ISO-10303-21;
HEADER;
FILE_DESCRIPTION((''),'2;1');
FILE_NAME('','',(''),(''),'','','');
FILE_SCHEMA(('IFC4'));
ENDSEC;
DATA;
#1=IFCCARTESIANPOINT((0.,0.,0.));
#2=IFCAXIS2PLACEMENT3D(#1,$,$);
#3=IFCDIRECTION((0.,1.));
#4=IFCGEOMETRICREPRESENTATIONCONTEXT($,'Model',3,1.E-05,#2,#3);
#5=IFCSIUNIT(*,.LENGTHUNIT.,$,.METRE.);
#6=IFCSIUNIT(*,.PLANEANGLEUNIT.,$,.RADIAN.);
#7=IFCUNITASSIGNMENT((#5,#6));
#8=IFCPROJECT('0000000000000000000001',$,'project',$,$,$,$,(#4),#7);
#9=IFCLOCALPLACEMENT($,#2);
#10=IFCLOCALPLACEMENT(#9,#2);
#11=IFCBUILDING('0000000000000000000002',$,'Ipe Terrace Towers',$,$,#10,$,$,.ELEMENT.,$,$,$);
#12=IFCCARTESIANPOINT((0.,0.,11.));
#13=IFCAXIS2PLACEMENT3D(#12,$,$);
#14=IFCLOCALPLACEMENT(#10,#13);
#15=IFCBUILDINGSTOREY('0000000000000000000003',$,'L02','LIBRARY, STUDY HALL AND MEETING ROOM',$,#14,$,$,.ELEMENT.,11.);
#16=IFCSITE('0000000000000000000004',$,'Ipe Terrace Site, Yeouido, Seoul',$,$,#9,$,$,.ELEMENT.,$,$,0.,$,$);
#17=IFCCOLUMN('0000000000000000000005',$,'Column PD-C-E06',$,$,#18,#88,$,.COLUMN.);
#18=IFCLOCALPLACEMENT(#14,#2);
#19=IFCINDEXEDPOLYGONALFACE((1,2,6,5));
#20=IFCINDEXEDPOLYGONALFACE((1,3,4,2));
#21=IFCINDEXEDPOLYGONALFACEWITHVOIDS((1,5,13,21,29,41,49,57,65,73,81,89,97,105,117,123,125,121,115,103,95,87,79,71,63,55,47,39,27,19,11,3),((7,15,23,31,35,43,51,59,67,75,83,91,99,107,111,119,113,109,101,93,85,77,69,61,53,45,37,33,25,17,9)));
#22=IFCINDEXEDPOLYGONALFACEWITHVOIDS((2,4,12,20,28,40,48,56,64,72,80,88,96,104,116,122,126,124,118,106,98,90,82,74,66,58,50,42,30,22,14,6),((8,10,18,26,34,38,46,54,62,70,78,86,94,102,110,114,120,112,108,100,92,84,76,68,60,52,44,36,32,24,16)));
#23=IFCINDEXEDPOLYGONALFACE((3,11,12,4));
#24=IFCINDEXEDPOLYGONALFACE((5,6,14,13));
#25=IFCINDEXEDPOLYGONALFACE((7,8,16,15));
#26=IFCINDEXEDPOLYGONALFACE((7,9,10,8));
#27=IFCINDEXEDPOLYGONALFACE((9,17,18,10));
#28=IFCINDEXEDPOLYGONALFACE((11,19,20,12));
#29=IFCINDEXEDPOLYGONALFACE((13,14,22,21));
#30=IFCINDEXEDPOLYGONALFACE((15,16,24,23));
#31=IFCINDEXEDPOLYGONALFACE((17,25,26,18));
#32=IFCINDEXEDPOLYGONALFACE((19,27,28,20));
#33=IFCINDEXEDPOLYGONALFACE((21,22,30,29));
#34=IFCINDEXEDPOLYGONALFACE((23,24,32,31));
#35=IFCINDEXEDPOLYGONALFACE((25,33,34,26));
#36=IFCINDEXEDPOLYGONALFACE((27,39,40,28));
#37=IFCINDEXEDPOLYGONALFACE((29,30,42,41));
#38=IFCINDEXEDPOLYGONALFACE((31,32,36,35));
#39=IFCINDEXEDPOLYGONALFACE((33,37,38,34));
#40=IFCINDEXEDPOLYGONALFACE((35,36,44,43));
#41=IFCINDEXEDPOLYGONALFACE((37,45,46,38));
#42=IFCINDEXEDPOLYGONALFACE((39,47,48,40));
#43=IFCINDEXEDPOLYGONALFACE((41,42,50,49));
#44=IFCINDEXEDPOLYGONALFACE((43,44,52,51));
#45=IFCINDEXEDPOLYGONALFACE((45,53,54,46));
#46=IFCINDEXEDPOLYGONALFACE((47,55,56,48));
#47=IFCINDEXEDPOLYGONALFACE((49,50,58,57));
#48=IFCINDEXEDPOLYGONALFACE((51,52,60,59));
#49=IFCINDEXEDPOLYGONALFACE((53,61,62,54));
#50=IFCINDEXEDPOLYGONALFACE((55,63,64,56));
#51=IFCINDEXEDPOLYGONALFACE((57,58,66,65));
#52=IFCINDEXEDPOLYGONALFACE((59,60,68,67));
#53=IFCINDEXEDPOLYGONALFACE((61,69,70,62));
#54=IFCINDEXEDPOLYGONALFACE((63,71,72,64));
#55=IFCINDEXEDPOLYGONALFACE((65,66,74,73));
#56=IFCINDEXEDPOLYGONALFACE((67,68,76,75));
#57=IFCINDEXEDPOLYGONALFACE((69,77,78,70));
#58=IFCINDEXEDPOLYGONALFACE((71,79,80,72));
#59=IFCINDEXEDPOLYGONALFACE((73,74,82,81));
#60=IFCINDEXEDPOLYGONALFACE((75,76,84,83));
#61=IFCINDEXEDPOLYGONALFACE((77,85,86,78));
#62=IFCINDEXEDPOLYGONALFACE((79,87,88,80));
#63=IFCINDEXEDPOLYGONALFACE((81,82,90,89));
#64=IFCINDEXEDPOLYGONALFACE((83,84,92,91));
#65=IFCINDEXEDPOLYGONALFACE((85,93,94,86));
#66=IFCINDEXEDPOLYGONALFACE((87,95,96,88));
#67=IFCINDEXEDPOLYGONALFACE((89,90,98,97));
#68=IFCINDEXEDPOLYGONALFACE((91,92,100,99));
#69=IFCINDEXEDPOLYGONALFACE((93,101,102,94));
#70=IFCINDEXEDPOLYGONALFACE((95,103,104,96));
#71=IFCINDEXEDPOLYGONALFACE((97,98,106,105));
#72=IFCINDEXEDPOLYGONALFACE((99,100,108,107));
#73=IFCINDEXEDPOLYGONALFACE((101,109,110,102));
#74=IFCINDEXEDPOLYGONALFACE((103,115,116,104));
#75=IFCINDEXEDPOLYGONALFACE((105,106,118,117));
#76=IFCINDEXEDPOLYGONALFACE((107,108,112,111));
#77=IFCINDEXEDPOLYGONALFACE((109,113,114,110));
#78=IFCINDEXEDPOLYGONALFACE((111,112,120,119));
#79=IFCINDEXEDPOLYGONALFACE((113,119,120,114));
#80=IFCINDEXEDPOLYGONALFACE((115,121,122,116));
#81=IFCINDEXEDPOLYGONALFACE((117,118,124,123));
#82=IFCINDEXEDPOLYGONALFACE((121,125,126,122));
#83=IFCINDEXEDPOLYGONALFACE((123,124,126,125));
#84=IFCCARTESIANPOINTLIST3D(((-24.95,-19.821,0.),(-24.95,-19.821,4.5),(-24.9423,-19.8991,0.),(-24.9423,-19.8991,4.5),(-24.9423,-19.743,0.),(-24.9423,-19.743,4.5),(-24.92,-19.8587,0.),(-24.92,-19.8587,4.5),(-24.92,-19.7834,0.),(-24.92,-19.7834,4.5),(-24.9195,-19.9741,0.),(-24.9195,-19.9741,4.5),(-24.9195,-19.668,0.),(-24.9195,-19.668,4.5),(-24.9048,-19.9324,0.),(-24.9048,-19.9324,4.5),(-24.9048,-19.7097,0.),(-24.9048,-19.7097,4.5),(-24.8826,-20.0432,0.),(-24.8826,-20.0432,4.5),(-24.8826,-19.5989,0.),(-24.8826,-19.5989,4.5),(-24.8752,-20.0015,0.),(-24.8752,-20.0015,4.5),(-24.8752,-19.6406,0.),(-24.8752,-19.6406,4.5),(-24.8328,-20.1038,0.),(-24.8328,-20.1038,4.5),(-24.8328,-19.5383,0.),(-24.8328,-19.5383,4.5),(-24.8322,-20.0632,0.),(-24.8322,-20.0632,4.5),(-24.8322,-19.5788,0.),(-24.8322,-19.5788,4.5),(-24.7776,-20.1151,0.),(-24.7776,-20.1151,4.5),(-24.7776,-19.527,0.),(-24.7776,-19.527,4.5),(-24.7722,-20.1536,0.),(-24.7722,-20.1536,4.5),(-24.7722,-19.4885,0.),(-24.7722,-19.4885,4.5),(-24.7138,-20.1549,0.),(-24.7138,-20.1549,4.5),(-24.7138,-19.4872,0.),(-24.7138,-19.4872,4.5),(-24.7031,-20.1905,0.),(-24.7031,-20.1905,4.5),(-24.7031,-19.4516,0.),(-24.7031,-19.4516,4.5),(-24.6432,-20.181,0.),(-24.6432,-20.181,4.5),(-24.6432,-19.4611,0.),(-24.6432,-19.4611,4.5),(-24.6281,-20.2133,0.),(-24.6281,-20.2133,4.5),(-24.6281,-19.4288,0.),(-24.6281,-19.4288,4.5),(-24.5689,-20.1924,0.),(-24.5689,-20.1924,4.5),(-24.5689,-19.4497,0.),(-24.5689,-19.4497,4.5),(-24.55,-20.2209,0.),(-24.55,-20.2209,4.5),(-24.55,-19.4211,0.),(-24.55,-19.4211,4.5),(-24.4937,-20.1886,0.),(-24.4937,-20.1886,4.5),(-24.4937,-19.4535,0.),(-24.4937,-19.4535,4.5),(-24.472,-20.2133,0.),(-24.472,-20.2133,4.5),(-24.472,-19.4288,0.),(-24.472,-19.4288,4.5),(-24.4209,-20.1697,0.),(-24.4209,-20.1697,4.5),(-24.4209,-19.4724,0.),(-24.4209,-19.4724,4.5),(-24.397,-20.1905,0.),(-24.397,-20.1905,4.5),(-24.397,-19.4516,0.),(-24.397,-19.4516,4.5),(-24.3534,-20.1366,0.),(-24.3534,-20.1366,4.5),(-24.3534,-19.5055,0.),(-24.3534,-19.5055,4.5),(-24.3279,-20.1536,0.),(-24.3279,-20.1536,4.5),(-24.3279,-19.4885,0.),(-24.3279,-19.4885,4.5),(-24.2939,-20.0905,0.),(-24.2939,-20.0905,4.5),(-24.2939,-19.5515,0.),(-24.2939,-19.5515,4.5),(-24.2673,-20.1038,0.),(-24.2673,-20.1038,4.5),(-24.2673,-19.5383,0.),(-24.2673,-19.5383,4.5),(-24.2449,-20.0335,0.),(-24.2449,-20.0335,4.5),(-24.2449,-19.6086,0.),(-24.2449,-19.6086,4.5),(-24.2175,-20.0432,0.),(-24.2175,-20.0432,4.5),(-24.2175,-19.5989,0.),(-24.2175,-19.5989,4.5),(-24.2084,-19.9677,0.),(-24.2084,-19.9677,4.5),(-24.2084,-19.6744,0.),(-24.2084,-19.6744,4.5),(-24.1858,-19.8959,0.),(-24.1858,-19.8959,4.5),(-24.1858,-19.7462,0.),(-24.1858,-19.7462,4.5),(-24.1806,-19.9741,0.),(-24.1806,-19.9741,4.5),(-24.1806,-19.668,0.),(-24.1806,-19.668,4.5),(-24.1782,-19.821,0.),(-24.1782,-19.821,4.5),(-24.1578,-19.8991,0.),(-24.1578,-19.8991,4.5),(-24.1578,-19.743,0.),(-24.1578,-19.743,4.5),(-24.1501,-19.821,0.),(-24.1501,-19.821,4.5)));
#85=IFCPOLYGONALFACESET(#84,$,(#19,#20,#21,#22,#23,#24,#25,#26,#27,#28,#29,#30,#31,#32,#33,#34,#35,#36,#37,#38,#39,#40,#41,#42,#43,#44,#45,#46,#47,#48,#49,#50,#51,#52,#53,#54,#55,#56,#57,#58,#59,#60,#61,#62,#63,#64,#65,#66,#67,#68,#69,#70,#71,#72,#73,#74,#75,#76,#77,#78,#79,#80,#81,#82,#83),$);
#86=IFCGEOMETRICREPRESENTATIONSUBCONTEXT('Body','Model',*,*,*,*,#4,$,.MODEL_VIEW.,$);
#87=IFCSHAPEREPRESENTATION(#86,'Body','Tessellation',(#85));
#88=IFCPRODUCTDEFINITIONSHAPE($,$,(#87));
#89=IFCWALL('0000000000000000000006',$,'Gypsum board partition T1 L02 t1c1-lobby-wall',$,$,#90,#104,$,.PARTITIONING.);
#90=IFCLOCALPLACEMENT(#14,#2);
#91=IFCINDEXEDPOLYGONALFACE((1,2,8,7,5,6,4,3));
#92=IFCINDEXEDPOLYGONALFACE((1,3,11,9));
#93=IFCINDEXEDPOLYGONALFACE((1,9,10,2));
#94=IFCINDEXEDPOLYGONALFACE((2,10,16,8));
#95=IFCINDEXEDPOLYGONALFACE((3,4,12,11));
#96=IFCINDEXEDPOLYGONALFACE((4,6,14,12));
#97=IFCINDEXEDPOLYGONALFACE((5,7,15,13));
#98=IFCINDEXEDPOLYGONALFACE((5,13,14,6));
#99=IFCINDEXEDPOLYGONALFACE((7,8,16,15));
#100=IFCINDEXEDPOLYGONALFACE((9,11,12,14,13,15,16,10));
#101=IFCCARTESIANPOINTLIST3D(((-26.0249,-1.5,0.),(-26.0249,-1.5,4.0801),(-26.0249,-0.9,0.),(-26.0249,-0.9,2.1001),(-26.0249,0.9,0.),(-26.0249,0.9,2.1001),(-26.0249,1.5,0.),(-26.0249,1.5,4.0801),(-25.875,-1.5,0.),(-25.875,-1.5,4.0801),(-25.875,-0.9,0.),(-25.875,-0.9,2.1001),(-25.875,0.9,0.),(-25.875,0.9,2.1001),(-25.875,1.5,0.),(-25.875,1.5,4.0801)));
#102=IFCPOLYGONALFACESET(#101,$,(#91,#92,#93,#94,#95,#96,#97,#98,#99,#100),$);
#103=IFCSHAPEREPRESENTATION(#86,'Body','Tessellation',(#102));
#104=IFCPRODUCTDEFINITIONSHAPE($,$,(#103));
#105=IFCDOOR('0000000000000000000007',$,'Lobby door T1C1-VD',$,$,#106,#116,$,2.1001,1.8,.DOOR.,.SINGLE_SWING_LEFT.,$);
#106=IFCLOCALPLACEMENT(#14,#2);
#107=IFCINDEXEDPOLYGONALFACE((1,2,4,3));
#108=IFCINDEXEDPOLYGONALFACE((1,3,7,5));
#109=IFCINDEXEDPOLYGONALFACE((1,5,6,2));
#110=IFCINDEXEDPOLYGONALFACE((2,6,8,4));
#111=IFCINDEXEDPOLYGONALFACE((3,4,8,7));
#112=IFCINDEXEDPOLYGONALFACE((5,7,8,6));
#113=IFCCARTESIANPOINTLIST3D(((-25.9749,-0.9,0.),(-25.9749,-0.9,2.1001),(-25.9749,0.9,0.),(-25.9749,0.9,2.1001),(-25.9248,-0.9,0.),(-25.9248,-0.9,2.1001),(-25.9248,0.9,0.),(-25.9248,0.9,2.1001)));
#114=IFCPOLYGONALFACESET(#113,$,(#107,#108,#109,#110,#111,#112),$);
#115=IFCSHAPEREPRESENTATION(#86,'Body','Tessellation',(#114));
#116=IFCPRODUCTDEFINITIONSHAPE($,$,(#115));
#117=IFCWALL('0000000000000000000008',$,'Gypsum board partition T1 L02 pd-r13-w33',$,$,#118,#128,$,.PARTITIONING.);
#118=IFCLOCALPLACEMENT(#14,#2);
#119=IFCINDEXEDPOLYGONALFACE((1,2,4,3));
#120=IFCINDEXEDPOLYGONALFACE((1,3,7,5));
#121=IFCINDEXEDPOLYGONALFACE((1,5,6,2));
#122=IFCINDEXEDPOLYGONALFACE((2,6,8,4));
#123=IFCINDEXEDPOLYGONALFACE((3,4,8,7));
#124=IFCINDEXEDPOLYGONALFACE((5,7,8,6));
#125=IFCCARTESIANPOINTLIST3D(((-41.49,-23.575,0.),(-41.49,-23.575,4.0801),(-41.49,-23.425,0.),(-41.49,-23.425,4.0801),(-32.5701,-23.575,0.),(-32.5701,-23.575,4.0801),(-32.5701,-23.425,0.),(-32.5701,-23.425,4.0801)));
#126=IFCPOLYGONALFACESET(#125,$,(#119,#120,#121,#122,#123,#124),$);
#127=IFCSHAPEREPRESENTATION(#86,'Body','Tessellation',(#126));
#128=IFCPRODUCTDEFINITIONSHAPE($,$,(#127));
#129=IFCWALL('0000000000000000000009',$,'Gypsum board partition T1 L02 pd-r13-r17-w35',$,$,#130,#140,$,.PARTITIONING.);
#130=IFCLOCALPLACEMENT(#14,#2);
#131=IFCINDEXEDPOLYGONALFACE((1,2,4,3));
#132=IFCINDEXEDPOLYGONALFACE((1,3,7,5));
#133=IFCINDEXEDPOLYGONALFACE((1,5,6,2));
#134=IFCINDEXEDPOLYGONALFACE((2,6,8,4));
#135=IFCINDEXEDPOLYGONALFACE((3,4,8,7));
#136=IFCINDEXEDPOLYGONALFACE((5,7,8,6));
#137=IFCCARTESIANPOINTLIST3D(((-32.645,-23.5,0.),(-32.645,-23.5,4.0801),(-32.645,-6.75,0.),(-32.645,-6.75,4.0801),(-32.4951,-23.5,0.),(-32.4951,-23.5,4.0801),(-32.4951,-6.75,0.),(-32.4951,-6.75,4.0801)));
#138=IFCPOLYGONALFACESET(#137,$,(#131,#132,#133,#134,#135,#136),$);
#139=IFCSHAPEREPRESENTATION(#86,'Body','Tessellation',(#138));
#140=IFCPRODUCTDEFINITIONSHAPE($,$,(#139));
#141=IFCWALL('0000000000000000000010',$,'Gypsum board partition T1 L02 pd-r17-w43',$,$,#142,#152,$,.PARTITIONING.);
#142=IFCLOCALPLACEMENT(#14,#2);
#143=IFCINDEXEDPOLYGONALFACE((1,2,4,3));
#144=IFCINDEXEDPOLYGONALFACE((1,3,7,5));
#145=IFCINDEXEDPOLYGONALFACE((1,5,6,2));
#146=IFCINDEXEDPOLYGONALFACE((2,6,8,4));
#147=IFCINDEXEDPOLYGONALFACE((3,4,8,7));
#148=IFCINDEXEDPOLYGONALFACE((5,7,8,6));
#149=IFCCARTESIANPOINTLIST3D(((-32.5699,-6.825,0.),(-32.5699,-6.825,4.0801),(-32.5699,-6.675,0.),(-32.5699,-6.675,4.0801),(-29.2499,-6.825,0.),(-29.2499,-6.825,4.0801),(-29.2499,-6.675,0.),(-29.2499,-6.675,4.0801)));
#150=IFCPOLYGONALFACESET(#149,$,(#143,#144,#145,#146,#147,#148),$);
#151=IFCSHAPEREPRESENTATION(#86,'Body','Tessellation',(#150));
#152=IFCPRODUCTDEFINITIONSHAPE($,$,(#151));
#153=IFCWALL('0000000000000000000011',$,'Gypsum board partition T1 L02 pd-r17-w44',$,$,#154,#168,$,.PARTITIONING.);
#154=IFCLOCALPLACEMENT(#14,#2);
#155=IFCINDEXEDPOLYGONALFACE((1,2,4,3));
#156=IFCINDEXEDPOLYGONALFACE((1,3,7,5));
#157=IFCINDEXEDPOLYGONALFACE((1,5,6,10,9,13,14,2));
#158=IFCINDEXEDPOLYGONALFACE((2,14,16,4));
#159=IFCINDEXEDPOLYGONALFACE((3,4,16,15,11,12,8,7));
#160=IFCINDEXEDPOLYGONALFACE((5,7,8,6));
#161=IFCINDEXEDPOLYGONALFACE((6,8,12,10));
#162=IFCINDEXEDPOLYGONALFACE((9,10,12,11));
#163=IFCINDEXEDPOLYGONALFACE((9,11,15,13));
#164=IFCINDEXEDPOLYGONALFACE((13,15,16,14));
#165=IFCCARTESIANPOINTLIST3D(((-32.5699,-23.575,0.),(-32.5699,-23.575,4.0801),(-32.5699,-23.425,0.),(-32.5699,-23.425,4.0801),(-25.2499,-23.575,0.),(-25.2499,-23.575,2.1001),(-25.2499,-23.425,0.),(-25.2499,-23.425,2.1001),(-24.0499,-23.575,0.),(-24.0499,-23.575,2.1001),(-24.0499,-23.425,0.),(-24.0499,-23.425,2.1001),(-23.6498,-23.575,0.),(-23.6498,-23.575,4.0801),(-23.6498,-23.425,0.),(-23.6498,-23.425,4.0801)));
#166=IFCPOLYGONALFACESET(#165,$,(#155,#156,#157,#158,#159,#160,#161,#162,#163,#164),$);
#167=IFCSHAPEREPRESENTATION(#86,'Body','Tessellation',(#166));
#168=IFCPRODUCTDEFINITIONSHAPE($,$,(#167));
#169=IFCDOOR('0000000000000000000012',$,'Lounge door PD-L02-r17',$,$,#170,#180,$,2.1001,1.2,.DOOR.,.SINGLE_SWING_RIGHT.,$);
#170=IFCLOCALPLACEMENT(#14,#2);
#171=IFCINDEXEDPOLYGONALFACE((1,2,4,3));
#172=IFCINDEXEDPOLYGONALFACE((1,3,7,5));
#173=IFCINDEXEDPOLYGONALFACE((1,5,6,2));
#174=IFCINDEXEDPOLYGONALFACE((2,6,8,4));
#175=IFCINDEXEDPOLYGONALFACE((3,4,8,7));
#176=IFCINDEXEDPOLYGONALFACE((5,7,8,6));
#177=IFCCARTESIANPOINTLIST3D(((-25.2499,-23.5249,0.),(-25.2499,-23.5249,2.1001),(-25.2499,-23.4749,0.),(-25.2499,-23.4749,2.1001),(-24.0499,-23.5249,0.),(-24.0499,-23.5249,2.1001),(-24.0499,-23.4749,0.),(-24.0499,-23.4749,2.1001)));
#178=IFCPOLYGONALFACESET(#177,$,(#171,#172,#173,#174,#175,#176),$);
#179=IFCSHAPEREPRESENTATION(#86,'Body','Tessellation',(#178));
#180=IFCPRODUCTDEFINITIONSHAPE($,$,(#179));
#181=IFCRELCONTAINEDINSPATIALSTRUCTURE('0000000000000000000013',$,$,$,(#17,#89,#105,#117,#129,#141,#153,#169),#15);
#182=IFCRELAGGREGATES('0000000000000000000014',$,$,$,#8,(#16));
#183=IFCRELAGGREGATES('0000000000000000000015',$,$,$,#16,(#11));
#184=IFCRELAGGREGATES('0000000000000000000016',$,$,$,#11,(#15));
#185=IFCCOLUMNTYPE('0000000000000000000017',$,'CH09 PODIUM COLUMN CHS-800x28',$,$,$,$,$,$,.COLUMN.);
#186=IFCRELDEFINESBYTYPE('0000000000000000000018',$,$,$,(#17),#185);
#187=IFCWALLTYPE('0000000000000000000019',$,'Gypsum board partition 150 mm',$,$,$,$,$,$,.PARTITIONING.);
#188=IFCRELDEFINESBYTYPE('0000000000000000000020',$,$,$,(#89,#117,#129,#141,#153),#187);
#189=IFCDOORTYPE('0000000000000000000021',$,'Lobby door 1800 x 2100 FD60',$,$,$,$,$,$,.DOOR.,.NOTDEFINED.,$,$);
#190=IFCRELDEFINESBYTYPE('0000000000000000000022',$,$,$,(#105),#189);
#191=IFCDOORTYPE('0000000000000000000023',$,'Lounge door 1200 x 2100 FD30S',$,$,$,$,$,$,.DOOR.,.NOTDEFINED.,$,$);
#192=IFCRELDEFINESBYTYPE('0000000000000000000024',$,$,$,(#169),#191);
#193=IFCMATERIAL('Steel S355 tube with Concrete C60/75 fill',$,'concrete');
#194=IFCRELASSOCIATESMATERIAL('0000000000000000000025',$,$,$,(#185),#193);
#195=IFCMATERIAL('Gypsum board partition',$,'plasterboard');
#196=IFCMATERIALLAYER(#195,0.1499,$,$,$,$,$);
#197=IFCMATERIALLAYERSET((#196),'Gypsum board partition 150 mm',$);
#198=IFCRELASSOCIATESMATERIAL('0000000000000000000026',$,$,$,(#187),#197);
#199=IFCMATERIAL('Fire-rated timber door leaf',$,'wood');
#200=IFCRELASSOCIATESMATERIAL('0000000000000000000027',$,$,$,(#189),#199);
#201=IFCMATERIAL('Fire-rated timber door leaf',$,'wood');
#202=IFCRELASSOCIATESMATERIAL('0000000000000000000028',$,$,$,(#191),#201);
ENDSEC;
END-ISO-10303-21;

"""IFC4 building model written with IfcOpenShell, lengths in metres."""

from ifc_helpers import new_model, si_unit, direction, frame, frame_2d, origin, origin_2d, place, context, subcontext, project, spatial, rectangle, hollow_circle, extrude, material, layer, layer_set, material_profile, profile_set, type_object, element, fill, save


model = new_model("IFC4")

# Units and contexts
model_context = context("Model", 3, precision=1e-05, world=origin(), true_north=direction((0.0, 1.0)))
body_context = subcontext(model_context, "Body", "Model", "MODEL_VIEW")
ifc_project = project(units=[si_unit("LENGTHUNIT", "METRE"), si_unit("PLANEANGLEUNIT", "RADIAN")], contexts=[model_context])

# Site, building, storey
site_placement = place(None, origin())
site = spatial("IfcSite", under=ifc_project, at=site_placement, Name="Ipe Terrace Site, Yeouido, Seoul", CompositionType="ELEMENT", RefElevation=0.0)
building_placement = place(site_placement, origin())
building = spatial("IfcBuilding", under=site, at=building_placement, Name="Ipe Terrace Towers", CompositionType="ELEMENT")
storey_placement = place(building_placement, frame((0.0, 0.0, 11.0)))
storey = spatial("IfcBuildingStorey", under=building, at=storey_placement, Name="L02", Description="LIBRARY, STUDY HALL AND MEETING ROOM", CompositionType="ELEMENT", Elevation=11.0)

# Column
ifc_material_1 = material(Name="Steel S355 tube with Concrete C60/75 fill", Category="concrete")
ifc_material_profile_1 = material_profile(ifc_material_1, hollow_circle(Radius=0.3999, WallThickness=0.0281, at=origin_2d()), Name="CHS-800x28")
ifc_profile_set_1 = profile_set([ifc_material_profile_1], Name="Steel S355 tube with Concrete C60/75 fill")
column_type_1 = type_object("IfcColumnType", Name="CH09 PODIUM COLUMN CHS-800x28", PredefinedType="COLUMN", material=ifc_profile_set_1)
column_1_placement = place(storey_placement, frame((-24.55, -19.821, 0.0), z_axis=(0.0, 0.0, 1.0), x_axis=(1.0, 0.0, 0.0)))
element("IfcColumn", 1, at=column_1_placement, inside=storey, type_object=column_type_1, Name="Column PD-C-E06", PredefinedType="COLUMN", context=body_context, shape_type="SweptSolid", body=[
    extrude(hollow_circle(Radius=0.3999, WallThickness=0.0281, at=origin_2d()), origin(), (0.0, 0.0, 1.0), 4.5),
])

# Wall, opening, door
ifc_material_2 = material(Name="Gypsum board partition", Category="plasterboard")
ifc_layer_1 = layer(ifc_material_2, 0.1499)
ifc_layer_set_1 = layer_set([ifc_layer_1], Name="Gypsum board partition 150 mm")
wall_type_1 = type_object("IfcWallType", Name="Gypsum board partition 150 mm", PredefinedType="PARTITIONING", material=ifc_layer_set_1)
wall_1_placement = place(storey_placement, frame((-25.95, -1.5, 0.0), z_axis=(0.0, 0.0, 1.0), x_axis=(0.0, 1.0, 0.0)))
wall_1 = element("IfcWall", 2, at=wall_1_placement, inside=storey, type_object=wall_type_1, Name="Gypsum board partition T1 L02 t1c1-lobby-wall", PredefinedType="PARTITIONING", context=body_context, shape_type="SweptSolid", body=[
    extrude(rectangle(XDim=3.0, YDim=0.1499, at=frame_2d((1.5, 0.0))), origin(), (0.0, 0.0, 1.0), 4.0801),
])
opening_1_placement = place(wall_1_placement, frame((0.6001, 0.0, 0.0)))
opening_1 = element("IfcOpeningElement", 3, at=opening_1_placement, cuts=wall_1, PredefinedType="OPENING", context=body_context, shape_type="SweptSolid", body=[
    extrude(rectangle(XDim=1.8, YDim=2.1001, at=frame_2d((0.8999, 1.05))), frame((0.0, 0.085, 0.0), z_axis=(0.0, -1.0, 0.0), x_axis=(1.0, 0.0, 0.0)), (0.0, 0.0, 1.0), 0.1699),
])
ifc_material_3 = material(Name="Fire-rated timber door leaf", Category="wood")
door_type_1 = type_object("IfcDoorType", Name="Lobby door 1800 x 2100 FD60", OperationType="NOTDEFINED", PredefinedType="DOOR", material=ifc_material_3)
door_1_placement = place(opening_1_placement, origin())
door_1 = element("IfcDoor", 4, at=door_1_placement, inside=storey, type_object=door_type_1, Name="Lobby door T1C1-VD", OperationType="SINGLE_SWING_LEFT", OverallHeight=2.1001, OverallWidth=1.8, PredefinedType="DOOR", context=body_context, shape_type="SweptSolid", body=[
    extrude(rectangle(XDim=1.8, YDim=2.1001, at=frame_2d((0.8999, 1.05))), frame((0.0, 0.0249, 0.0), z_axis=(0.0, -1.0, 0.0), x_axis=(1.0, 0.0, 0.0)), (0.0, 0.0, 1.0), 0.05),
])
fill(opening_1, door_1)

# Walls
wall_2_placement = place(storey_placement, frame((-32.5701, -23.5, 0.0), z_axis=(0.0, 0.0, 1.0), x_axis=(-1.0, 0.0, 0.0)))
element("IfcWall", 5, at=wall_2_placement, inside=storey, type_object=wall_type_1, Name="Gypsum board partition T1 L02 pd-r13-w33", PredefinedType="PARTITIONING", context=body_context, shape_type="SweptSolid", body=[
    extrude(rectangle(XDim=8.9199, YDim=0.1499, at=frame_2d((4.46, 0.0))), origin(), (0.0, 0.0, 1.0), 4.0801),
])
wall_3_placement = place(storey_placement, frame((-32.5701, -6.75, 0.0), z_axis=(0.0, 0.0, 1.0), x_axis=(0.0, -1.0, 0.0)))
element("IfcWall", 6, at=wall_3_placement, inside=storey, type_object=wall_type_1, Name="Gypsum board partition T1 L02 pd-r13-r17-w35", PredefinedType="PARTITIONING", context=body_context, shape_type="SweptSolid", body=[
    extrude(rectangle(XDim=16.75, YDim=0.1499, at=frame_2d((8.375, 0.0))), origin(), (0.0, 0.0, 1.0), 4.0801),
])
wall_4_placement = place(storey_placement, frame((-32.5701, -6.75, 0.0), z_axis=(0.0, 0.0, 1.0), x_axis=(1.0, 0.0, 0.0)))
element("IfcWall", 7, at=wall_4_placement, inside=storey, type_object=wall_type_1, Name="Gypsum board partition T1 L02 pd-r17-w43", PredefinedType="PARTITIONING", context=body_context, shape_type="SweptSolid", body=[
    extrude(rectangle(XDim=3.3201, YDim=0.1499, at=frame_2d((1.6602, 0.0))), origin(), (0.0, 0.0, 1.0), 4.0801),
])

# Wall, opening, door
wall_5_placement = place(storey_placement, frame((-23.6499, -23.5, 0.0), z_axis=(0.0, 0.0, 1.0), x_axis=(-1.0, 0.0, 0.0)))
wall_5 = element("IfcWall", 8, at=wall_5_placement, inside=storey, type_object=wall_type_1, Name="Gypsum board partition T1 L02 pd-r17-w44", PredefinedType="PARTITIONING", context=body_context, shape_type="SweptSolid", body=[
    extrude(rectangle(XDim=8.9202, YDim=0.1499, at=frame_2d((4.46, 0.0))), origin(), (0.0, 0.0, 1.0), 4.0801),
])
opening_2_placement = place(wall_5_placement, frame((0.3999, 0.0, 0.0)))
opening_2 = element("IfcOpeningElement", 9, at=opening_2_placement, cuts=wall_5, PredefinedType="OPENING", context=body_context, shape_type="SweptSolid", body=[
    extrude(rectangle(XDim=1.2, YDim=2.1001, at=frame_2d((0.6001, 1.05))), frame((0.0, 0.085, 0.0), z_axis=(0.0, -1.0, 0.0), x_axis=(1.0, 0.0, 0.0)), (0.0, 0.0, 1.0), 0.1699),
])
ifc_material_4 = material(Name="Fire-rated timber door leaf", Category="wood")
door_type_2 = type_object("IfcDoorType", Name="Lounge door 1200 x 2100 FD30S", OperationType="NOTDEFINED", PredefinedType="DOOR", material=ifc_material_4)
door_2_placement = place(opening_2_placement, origin())
door_2 = element("IfcDoor", 10, at=door_2_placement, inside=storey, type_object=door_type_2, Name="Lounge door PD-L02-r17", OperationType="SINGLE_SWING_RIGHT", OverallHeight=2.1001, OverallWidth=1.2, PredefinedType="DOOR", context=body_context, shape_type="SweptSolid", body=[
    extrude(rectangle(XDim=1.2, YDim=2.1001, at=frame_2d((0.6001, 1.05))), frame((0.0, 0.0249, 0.0), z_axis=(0.0, -1.0, 0.0), x_axis=(1.0, 0.0, 0.0)), (0.0, 0.0, 1.0), 0.05),
])
fill(opening_2, door_2)

save(model, "model.ifc")
